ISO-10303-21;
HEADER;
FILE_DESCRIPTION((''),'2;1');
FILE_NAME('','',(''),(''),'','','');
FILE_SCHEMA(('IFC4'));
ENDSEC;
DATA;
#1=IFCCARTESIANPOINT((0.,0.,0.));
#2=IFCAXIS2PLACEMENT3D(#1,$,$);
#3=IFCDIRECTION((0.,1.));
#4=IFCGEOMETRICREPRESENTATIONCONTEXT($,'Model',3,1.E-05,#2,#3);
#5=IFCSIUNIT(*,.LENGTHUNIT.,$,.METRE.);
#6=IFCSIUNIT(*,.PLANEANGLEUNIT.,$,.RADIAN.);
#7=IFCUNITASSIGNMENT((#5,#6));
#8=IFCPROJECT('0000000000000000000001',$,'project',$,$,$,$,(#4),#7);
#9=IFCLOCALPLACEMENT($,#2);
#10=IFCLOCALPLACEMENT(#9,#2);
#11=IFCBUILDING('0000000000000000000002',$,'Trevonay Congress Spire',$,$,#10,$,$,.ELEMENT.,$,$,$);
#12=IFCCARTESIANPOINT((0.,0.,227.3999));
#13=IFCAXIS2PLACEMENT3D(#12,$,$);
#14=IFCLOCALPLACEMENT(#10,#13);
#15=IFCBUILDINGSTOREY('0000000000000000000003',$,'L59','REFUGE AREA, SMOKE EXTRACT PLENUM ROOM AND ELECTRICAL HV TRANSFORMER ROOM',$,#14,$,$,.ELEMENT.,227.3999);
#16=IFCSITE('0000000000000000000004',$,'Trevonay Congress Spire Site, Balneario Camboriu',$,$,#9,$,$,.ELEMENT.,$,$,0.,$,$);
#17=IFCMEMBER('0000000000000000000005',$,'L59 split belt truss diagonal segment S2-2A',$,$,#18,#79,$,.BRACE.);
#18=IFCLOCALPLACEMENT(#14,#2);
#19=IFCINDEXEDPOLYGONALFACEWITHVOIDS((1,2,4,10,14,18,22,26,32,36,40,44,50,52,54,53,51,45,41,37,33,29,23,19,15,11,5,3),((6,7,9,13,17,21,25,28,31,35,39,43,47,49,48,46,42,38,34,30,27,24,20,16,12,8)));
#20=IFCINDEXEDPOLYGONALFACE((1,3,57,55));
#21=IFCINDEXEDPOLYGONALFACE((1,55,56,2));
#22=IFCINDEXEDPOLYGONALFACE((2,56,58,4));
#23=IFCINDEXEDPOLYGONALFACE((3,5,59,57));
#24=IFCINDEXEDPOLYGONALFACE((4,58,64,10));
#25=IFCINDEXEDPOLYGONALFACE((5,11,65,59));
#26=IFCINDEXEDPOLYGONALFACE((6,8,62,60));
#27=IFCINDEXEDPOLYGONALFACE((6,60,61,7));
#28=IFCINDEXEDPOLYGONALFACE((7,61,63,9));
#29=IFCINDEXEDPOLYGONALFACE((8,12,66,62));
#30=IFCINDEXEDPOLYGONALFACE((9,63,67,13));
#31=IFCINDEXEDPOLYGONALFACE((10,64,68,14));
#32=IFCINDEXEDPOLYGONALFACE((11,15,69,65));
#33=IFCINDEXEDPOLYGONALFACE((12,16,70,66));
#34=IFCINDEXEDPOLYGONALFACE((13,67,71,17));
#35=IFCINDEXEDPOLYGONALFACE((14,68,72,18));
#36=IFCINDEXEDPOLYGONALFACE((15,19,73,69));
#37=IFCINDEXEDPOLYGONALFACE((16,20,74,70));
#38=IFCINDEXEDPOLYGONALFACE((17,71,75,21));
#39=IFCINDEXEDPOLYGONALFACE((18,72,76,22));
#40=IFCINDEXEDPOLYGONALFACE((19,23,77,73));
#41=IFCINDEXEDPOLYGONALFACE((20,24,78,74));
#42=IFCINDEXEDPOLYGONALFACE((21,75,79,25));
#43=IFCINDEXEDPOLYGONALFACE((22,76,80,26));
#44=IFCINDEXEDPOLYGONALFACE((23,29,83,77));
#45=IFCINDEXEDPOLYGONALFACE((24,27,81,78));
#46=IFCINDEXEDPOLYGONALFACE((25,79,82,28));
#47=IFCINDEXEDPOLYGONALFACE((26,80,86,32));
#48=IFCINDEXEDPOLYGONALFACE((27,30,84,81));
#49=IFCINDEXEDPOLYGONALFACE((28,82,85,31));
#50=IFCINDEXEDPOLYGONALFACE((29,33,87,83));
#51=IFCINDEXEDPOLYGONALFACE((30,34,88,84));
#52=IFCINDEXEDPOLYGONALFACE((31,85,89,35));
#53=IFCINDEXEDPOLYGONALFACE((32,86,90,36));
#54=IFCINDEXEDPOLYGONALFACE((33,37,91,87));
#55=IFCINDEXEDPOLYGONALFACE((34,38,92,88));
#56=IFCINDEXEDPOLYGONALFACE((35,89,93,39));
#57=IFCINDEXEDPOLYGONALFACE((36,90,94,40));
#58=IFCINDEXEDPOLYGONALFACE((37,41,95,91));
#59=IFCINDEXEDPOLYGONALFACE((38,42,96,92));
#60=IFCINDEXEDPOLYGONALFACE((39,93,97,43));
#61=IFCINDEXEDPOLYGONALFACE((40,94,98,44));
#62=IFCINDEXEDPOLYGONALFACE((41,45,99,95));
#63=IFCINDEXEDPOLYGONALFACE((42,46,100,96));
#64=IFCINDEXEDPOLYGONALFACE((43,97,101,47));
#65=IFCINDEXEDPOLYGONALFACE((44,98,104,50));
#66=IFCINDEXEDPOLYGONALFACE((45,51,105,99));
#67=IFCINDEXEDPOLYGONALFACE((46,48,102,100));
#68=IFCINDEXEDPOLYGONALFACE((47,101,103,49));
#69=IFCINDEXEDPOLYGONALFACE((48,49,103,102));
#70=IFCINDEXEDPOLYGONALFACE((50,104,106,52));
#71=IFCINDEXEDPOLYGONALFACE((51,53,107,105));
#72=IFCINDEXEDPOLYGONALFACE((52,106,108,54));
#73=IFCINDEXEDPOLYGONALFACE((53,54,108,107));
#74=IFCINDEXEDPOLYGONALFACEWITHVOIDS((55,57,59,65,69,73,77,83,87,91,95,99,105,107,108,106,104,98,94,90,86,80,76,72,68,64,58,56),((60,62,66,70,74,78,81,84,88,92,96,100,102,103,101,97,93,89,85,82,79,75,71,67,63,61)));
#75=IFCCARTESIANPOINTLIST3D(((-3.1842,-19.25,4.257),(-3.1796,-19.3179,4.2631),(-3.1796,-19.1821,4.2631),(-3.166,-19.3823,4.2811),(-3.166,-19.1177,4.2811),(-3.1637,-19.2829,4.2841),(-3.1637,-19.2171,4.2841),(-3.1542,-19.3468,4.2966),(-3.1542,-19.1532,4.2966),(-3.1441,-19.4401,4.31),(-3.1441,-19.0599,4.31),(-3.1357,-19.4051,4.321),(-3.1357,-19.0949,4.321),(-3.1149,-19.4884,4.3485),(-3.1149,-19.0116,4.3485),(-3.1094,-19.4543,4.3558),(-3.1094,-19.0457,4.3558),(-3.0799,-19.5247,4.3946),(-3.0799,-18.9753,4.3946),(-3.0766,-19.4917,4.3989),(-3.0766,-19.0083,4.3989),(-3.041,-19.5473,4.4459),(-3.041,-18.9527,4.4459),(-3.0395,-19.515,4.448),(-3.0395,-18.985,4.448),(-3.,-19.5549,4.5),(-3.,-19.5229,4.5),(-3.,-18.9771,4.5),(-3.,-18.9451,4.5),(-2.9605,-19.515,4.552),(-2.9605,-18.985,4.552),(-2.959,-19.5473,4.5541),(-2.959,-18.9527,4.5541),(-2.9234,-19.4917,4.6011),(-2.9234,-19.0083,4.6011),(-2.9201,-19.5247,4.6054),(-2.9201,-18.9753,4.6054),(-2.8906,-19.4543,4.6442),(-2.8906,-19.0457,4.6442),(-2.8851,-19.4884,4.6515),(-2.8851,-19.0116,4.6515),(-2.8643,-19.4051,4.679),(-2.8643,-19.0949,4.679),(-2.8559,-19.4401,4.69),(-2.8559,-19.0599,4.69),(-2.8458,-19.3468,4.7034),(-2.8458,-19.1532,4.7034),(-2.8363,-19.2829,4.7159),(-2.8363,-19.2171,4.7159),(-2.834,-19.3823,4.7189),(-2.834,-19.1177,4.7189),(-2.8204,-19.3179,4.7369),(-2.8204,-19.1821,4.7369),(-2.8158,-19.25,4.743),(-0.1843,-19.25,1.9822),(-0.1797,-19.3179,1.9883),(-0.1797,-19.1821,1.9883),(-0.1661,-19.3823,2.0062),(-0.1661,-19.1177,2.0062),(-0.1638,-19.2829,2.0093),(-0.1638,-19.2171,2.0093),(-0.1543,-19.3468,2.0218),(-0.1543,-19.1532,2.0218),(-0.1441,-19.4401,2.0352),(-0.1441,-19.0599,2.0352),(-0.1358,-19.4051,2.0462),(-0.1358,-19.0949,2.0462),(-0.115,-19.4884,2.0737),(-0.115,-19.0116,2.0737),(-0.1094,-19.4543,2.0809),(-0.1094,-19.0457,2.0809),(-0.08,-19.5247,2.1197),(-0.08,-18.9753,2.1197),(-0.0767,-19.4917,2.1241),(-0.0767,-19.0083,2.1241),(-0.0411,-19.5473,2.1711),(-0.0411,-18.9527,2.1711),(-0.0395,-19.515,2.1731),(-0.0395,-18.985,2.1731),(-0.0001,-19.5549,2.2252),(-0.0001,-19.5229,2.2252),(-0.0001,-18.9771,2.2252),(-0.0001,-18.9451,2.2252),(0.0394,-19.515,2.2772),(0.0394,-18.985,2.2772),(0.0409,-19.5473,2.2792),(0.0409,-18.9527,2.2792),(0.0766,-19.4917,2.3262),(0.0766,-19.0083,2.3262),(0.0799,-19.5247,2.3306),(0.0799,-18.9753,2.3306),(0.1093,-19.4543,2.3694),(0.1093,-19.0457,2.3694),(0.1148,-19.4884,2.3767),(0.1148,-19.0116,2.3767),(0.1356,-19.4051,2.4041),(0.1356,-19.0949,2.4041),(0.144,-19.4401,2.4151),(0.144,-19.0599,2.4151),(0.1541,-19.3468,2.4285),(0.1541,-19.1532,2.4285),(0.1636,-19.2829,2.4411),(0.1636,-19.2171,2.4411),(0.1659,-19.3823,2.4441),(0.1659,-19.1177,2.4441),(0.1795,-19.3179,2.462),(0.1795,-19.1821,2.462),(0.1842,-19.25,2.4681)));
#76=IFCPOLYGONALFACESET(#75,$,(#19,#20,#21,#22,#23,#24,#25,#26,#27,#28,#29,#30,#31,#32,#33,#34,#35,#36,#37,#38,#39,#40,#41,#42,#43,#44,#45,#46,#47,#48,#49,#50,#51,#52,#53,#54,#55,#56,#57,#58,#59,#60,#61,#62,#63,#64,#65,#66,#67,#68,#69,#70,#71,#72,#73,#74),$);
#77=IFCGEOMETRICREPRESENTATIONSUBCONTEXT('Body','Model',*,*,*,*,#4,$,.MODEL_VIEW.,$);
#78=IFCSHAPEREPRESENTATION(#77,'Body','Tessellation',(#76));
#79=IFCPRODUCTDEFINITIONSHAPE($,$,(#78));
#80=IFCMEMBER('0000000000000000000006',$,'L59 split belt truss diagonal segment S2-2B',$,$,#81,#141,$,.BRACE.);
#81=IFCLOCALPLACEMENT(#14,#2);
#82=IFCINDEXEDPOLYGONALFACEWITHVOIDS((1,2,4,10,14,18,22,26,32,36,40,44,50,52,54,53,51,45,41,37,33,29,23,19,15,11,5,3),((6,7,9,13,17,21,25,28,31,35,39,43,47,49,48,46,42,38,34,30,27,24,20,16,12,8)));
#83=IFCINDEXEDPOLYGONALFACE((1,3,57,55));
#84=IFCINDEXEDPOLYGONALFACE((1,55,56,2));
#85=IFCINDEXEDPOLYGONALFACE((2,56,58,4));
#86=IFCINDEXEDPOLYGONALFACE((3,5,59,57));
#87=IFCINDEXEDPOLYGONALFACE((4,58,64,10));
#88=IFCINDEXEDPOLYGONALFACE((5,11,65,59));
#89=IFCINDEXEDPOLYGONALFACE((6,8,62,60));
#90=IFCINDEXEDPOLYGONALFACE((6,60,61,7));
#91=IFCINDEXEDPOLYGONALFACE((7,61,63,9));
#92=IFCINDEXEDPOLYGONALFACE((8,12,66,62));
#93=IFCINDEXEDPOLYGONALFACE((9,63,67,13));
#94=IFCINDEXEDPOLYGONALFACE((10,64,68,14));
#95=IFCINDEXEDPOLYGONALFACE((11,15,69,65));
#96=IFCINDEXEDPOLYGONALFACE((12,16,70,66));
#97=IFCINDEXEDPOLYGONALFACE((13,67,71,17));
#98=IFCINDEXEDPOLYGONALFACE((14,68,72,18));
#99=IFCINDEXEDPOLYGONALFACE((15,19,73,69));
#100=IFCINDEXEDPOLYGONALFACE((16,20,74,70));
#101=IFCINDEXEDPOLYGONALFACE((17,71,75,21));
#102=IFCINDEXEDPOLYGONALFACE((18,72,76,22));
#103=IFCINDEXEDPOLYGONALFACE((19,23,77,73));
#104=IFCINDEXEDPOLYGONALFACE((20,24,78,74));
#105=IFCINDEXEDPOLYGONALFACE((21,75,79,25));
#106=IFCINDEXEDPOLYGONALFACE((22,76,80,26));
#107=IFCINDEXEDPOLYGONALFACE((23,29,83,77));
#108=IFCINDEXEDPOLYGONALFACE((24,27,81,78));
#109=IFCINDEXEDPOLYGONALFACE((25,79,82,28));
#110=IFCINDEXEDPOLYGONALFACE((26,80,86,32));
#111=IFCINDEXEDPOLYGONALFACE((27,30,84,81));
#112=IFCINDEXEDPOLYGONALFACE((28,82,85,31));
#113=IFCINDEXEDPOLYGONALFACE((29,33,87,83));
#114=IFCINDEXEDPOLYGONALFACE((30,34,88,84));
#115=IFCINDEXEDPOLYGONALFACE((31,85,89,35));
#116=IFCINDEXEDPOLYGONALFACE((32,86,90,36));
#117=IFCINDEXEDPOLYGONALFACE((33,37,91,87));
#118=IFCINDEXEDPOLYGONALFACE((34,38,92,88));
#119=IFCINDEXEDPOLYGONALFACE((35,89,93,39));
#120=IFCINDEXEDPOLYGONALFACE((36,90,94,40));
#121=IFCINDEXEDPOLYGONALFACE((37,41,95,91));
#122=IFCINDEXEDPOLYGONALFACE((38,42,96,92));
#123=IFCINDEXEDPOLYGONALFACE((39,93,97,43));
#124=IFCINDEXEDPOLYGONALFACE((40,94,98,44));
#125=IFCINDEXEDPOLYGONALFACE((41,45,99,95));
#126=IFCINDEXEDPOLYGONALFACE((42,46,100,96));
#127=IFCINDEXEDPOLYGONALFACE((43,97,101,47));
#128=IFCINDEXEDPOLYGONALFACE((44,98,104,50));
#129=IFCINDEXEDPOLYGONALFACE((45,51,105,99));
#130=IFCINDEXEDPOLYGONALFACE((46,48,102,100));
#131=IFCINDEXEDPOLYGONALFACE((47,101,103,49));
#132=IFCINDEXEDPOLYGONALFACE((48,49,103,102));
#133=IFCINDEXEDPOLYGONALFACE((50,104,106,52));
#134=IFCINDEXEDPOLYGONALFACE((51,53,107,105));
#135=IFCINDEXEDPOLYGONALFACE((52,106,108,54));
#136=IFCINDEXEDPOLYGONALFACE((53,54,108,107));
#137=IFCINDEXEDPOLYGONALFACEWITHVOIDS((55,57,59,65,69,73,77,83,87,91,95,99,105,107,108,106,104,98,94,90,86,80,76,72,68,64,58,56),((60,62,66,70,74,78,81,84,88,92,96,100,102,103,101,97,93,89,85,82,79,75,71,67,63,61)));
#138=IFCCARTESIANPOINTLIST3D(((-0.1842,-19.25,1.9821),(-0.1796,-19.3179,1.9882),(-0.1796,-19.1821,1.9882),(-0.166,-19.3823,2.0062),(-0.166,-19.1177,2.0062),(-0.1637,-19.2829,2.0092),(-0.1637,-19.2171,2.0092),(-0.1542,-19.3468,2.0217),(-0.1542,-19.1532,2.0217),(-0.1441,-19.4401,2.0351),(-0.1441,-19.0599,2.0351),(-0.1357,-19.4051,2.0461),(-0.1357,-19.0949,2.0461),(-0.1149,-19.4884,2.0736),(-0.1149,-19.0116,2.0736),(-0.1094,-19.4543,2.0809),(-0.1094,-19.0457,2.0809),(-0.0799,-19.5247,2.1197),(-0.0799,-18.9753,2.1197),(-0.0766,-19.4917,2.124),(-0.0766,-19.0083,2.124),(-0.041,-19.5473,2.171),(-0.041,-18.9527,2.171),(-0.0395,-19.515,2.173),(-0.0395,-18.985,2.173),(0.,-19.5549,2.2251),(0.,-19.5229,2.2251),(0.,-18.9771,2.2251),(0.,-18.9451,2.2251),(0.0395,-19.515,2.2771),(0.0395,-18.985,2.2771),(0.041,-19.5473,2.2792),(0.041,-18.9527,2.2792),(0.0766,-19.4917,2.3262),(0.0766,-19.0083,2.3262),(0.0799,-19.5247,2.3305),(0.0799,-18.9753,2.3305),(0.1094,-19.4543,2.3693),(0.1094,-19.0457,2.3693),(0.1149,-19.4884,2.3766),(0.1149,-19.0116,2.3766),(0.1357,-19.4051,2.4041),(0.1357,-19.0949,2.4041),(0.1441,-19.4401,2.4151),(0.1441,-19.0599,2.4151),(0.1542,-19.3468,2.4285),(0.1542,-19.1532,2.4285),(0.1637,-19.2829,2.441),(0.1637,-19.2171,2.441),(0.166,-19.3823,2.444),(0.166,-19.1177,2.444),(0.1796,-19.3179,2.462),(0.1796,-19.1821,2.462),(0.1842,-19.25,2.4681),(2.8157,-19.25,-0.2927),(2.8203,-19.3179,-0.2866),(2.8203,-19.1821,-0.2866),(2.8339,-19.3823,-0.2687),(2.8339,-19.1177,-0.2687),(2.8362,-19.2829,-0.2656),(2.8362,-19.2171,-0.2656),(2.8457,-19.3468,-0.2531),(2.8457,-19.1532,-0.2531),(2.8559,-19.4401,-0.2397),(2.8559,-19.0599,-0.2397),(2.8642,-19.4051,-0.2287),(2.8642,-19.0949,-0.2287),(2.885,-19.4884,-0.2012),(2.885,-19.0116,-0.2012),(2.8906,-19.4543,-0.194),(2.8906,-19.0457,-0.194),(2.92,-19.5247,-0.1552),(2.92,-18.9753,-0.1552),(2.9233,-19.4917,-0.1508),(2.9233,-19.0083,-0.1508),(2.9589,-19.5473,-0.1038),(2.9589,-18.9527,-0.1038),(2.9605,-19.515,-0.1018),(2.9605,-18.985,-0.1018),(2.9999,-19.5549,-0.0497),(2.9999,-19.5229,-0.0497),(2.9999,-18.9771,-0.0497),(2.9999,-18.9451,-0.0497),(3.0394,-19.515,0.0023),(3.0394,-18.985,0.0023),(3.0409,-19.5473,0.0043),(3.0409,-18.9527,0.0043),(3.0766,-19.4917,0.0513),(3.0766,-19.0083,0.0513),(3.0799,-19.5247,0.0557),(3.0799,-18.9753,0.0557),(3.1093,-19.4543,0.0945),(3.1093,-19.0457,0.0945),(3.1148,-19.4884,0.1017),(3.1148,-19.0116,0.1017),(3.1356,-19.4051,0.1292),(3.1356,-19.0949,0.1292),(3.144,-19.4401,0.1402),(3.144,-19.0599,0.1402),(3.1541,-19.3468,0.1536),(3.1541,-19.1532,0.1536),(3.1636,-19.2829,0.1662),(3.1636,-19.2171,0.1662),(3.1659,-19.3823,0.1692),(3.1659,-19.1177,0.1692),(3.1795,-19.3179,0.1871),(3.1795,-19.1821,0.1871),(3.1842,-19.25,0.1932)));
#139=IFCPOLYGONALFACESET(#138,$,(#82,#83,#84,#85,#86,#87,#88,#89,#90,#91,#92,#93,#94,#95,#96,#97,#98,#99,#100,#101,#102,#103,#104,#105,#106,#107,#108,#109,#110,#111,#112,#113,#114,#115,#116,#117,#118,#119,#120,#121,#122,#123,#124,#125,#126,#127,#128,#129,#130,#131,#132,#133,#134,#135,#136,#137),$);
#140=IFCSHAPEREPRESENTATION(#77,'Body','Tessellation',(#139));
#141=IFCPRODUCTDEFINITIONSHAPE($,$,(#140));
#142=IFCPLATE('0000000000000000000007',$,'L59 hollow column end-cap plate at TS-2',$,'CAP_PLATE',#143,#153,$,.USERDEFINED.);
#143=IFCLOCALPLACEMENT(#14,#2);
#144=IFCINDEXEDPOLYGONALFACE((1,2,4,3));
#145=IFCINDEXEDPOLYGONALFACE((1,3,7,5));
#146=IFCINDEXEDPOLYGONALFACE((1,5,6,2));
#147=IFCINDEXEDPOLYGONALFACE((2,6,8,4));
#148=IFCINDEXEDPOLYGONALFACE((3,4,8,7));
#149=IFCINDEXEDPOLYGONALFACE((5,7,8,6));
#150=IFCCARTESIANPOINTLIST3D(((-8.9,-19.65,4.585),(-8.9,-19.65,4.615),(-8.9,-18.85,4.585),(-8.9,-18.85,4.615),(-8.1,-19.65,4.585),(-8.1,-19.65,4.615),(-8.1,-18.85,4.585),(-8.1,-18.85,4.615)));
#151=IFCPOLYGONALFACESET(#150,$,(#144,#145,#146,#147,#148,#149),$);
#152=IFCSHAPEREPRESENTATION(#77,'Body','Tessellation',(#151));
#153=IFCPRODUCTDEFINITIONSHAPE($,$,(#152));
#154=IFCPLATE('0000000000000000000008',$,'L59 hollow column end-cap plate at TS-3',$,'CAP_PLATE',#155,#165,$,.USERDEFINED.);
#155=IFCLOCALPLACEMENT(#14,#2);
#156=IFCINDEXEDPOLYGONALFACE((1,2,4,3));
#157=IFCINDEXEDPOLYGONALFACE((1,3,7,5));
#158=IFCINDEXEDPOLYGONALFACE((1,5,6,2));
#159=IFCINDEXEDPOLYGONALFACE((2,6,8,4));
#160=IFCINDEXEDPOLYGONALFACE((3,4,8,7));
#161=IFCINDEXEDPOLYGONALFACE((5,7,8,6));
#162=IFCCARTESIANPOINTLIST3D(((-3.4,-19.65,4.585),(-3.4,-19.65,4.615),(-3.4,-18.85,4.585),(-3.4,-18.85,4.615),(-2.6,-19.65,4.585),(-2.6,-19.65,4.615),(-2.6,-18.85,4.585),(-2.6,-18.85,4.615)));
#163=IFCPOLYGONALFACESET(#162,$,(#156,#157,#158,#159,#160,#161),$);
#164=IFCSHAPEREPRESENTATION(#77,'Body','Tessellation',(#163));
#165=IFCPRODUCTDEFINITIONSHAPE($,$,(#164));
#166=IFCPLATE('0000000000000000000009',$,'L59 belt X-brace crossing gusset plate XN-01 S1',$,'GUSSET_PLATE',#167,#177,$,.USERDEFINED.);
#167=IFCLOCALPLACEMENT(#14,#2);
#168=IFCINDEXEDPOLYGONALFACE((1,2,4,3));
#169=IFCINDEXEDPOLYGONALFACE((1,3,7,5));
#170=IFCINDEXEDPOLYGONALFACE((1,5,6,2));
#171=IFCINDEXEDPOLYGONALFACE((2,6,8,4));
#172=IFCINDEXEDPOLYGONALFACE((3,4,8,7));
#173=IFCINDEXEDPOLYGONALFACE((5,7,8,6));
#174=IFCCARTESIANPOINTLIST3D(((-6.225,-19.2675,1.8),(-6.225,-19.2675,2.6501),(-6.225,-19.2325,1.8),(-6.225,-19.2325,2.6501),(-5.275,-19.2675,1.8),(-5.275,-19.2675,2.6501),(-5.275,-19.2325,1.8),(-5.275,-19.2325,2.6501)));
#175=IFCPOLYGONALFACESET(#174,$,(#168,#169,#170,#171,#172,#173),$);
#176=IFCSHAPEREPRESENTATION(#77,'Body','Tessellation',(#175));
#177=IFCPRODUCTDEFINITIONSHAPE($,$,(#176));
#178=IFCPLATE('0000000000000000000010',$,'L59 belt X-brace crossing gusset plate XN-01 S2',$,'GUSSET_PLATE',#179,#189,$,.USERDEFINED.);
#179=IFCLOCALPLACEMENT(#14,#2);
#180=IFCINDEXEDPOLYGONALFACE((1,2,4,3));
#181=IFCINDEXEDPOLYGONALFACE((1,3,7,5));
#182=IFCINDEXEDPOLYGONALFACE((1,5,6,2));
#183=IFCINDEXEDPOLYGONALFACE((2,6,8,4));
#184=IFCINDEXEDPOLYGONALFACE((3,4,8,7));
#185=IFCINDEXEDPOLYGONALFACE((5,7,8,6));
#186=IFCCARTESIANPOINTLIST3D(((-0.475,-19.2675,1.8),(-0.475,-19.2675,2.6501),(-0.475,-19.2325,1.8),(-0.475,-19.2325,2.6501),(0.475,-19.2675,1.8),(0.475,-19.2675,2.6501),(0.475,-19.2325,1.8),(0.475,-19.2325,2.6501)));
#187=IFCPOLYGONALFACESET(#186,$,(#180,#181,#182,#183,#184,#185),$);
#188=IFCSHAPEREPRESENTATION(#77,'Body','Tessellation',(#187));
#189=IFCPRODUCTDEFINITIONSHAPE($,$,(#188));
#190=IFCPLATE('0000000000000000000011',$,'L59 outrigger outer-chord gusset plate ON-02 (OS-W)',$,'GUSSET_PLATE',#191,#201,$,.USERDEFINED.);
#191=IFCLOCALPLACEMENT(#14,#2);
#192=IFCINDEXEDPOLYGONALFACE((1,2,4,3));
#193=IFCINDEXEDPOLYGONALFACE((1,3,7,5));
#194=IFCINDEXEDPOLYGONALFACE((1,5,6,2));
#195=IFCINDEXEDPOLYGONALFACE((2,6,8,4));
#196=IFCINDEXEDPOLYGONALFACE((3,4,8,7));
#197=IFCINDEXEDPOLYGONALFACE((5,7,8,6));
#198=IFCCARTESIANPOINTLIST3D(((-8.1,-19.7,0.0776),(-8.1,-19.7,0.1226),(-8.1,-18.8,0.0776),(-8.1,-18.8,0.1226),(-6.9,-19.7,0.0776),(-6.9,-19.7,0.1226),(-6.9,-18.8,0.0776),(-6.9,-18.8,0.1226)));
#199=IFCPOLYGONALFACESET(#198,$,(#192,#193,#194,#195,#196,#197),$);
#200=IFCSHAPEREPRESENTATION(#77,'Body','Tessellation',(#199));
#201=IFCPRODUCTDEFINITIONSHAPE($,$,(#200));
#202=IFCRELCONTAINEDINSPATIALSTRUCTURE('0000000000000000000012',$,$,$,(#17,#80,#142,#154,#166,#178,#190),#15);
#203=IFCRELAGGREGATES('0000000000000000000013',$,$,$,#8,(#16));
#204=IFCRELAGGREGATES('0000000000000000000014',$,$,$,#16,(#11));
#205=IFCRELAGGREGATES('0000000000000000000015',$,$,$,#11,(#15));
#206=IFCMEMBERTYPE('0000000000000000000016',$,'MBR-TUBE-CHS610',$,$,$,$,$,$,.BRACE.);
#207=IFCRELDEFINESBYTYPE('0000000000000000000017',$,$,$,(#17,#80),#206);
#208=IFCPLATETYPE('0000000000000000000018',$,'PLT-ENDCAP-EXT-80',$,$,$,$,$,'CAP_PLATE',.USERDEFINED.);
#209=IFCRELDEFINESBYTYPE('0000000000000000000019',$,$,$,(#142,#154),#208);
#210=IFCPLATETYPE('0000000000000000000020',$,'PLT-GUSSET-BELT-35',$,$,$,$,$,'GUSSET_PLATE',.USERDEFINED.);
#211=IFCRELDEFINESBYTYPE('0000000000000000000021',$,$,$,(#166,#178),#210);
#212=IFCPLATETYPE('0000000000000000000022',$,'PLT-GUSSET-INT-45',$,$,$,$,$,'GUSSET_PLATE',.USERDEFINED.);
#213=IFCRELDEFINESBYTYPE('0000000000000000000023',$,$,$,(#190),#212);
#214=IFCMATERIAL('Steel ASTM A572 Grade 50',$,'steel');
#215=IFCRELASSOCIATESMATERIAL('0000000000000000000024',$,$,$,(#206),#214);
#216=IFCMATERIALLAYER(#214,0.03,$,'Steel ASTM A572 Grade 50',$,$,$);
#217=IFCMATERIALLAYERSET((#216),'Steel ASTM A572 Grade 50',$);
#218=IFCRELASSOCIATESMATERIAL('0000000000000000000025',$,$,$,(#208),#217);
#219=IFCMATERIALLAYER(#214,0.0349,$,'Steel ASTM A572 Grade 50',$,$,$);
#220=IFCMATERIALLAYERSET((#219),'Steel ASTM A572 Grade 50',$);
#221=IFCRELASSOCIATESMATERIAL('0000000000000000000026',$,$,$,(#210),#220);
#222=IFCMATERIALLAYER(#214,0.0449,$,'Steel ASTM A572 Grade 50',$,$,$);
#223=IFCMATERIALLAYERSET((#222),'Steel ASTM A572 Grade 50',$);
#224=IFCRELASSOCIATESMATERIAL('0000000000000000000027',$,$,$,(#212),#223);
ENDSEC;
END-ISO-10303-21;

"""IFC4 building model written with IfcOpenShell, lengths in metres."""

from ifc_helpers import new_model, si_unit, direction, frame, origin, origin_2d, place, context, subcontext, project, spatial, rectangle, hollow_circle, extrude, material, layer, layer_set, material_profile, profile_set, type_object, element, save


model = new_model("IFC4")

# Units and contexts
model_context = context("Model", 3, precision=1e-05, world=origin(), true_north=direction((0.0, 1.0)))
body_context = subcontext(model_context, "Body", "Model", "MODEL_VIEW")
ifc_project = project(units=[si_unit("LENGTHUNIT", "METRE"), si_unit("PLANEANGLEUNIT", "RADIAN")], contexts=[model_context])

# Site, building, storey
site_placement = place(None, origin())
site = spatial("IfcSite", under=ifc_project, at=site_placement, Name="Trevonay Congress Spire Site, Balneario Camboriu", CompositionType="ELEMENT", RefElevation=0.0)
building_placement = place(site_placement, origin())
building = spatial("IfcBuilding", under=site, at=building_placement, Name="Trevonay Congress Spire", CompositionType="ELEMENT")
storey_placement = place(building_placement, frame((0.0, 0.0, 227.3999)))
storey = spatial("IfcBuildingStorey", under=building, at=storey_placement, Name="L59", Description="REFUGE AREA, SMOKE EXTRACT PLENUM ROOM AND ELECTRICAL HV TRANSFORMER ROOM", CompositionType="ELEMENT", Elevation=227.3999)

# Shared definitions
ifc_material_1 = material(Name="Steel ASTM A572 Grade 50", Category="steel")

# Members
ifc_material_profile_1 = material_profile(ifc_material_1, hollow_circle(Radius=0.3049, WallThickness=0.032, at=origin_2d()), Name="CHS 610x32")
ifc_profile_set_1 = profile_set([ifc_material_profile_1], Name="Steel ASTM A572 Grade 50")
member_type = type_object("IfcMemberType", Name="MBR-TUBE-CHS610", PredefinedType="BRACE", material=ifc_profile_set_1)
for number, where, z_axis, x_axis, name in (
    (1, (-3.0, -19.25, 4.5), (0.796814, 0.0, -0.604225), (0.0, 1.0, 0.0), "L59 split belt truss diagonal segment S2-2A"),
    (2, (0.0, -19.25, 2.2251), (0.796814, 0.0, -0.604225), (0.0, 1.0, 0.0), "L59 split belt truss diagonal segment S2-2B"),
):
    element("IfcMember", number, at=place(storey_placement, frame(where, z_axis=z_axis, x_axis=x_axis)), inside=storey, type_object=member_type, Name=name, PredefinedType="BRACE", context=body_context, shape_type="SweptSolid", body=[
        extrude(hollow_circle(Radius=0.3049, WallThickness=0.032, at=origin_2d()), origin(), (0.0, 0.0, 1.0), 3.7649),
    ])

# Plates
ifc_layer_1 = layer(ifc_material_1, 0.03, Name="Steel ASTM A572 Grade 50")
ifc_layer_set_1 = layer_set([ifc_layer_1], Name="Steel ASTM A572 Grade 50")
plate_type_1 = type_object("IfcPlateType", Name="PLT-ENDCAP-EXT-80", ElementType="CAP_PLATE", PredefinedType="USERDEFINED", material=ifc_layer_set_1)
for number, where, z_axis, x_axis, name in (
    (3, (-8.5, -19.25, 4.585), (0.0, 0.0, 1.0), (1.0, 0.0, 0.0), "L59 hollow column end-cap plate at TS-2"),
    (4, (-3.0, -19.25, 4.585), (0.0, 0.0, 1.0), (1.0, 0.0, 0.0), "L59 hollow column end-cap plate at TS-3"),
):
    element("IfcPlate", number, at=place(storey_placement, frame(where, z_axis=z_axis, x_axis=x_axis)), inside=storey, type_object=plate_type_1, Name=name, ObjectType="CAP_PLATE", PredefinedType="USERDEFINED", context=body_context, shape_type="SweptSolid", body=[
        extrude(rectangle(XDim=0.8, YDim=0.8, at=origin_2d()), origin(), (0.0, 0.0, 1.0), 0.03),
    ])
ifc_layer_2 = layer(ifc_material_1, 0.0349, Name="Steel ASTM A572 Grade 50")
ifc_layer_set_2 = layer_set([ifc_layer_2], Name="Steel ASTM A572 Grade 50")
plate_type_2 = type_object("IfcPlateType", Name="PLT-GUSSET-BELT-35", ElementType="GUSSET_PLATE", PredefinedType="USERDEFINED", material=ifc_layer_set_2)
for number, where, z_axis, x_axis, name in (
    (5, (-5.75, -19.25, 1.8), (0.0, 0.0, 1.0), (1.0, 0.0, 0.0), "L59 belt X-brace crossing gusset plate XN-01 S1"),
    (6, (0.0, -19.25, 1.8), (0.0, 0.0, 1.0), (1.0, 0.0, 0.0), "L59 belt X-brace crossing gusset plate XN-01 S2"),
):
    element("IfcPlate", number, at=place(storey_placement, frame(where, z_axis=z_axis, x_axis=x_axis)), inside=storey, type_object=plate_type_2, Name=name, ObjectType="GUSSET_PLATE", PredefinedType="USERDEFINED", context=body_context, shape_type="SweptSolid", body=[
        extrude(rectangle(XDim=0.95, YDim=0.0349, at=origin_2d()), origin(), (0.0, 0.0, 1.0), 0.8501),
    ])
ifc_layer_3 = layer(ifc_material_1, 0.0449, Name="Steel ASTM A572 Grade 50")
ifc_layer_set_3 = layer_set([ifc_layer_3], Name="Steel ASTM A572 Grade 50")
plate_type_3 = type_object("IfcPlateType", Name="PLT-GUSSET-INT-45", ElementType="GUSSET_PLATE", PredefinedType="USERDEFINED", material=ifc_layer_set_3)
for number, where, z_axis, x_axis, name in (
    (7, (-7.5, -19.25, 0.0776), (0.0, 0.0, 1.0), (1.0, 0.0, 0.0), "L59 outrigger outer-chord gusset plate ON-02 (OS-W)"),
):
    element("IfcPlate", number, at=place(storey_placement, frame(where, z_axis=z_axis, x_axis=x_axis)), inside=storey, type_object=plate_type_3, Name=name, ObjectType="GUSSET_PLATE", PredefinedType="USERDEFINED", context=body_context, shape_type="SweptSolid", body=[
        extrude(rectangle(XDim=1.2, YDim=0.8999, at=origin_2d()), origin(), (0.0, 0.0, 1.0), 0.0449),
    ])

save(model, "model.ifc")
